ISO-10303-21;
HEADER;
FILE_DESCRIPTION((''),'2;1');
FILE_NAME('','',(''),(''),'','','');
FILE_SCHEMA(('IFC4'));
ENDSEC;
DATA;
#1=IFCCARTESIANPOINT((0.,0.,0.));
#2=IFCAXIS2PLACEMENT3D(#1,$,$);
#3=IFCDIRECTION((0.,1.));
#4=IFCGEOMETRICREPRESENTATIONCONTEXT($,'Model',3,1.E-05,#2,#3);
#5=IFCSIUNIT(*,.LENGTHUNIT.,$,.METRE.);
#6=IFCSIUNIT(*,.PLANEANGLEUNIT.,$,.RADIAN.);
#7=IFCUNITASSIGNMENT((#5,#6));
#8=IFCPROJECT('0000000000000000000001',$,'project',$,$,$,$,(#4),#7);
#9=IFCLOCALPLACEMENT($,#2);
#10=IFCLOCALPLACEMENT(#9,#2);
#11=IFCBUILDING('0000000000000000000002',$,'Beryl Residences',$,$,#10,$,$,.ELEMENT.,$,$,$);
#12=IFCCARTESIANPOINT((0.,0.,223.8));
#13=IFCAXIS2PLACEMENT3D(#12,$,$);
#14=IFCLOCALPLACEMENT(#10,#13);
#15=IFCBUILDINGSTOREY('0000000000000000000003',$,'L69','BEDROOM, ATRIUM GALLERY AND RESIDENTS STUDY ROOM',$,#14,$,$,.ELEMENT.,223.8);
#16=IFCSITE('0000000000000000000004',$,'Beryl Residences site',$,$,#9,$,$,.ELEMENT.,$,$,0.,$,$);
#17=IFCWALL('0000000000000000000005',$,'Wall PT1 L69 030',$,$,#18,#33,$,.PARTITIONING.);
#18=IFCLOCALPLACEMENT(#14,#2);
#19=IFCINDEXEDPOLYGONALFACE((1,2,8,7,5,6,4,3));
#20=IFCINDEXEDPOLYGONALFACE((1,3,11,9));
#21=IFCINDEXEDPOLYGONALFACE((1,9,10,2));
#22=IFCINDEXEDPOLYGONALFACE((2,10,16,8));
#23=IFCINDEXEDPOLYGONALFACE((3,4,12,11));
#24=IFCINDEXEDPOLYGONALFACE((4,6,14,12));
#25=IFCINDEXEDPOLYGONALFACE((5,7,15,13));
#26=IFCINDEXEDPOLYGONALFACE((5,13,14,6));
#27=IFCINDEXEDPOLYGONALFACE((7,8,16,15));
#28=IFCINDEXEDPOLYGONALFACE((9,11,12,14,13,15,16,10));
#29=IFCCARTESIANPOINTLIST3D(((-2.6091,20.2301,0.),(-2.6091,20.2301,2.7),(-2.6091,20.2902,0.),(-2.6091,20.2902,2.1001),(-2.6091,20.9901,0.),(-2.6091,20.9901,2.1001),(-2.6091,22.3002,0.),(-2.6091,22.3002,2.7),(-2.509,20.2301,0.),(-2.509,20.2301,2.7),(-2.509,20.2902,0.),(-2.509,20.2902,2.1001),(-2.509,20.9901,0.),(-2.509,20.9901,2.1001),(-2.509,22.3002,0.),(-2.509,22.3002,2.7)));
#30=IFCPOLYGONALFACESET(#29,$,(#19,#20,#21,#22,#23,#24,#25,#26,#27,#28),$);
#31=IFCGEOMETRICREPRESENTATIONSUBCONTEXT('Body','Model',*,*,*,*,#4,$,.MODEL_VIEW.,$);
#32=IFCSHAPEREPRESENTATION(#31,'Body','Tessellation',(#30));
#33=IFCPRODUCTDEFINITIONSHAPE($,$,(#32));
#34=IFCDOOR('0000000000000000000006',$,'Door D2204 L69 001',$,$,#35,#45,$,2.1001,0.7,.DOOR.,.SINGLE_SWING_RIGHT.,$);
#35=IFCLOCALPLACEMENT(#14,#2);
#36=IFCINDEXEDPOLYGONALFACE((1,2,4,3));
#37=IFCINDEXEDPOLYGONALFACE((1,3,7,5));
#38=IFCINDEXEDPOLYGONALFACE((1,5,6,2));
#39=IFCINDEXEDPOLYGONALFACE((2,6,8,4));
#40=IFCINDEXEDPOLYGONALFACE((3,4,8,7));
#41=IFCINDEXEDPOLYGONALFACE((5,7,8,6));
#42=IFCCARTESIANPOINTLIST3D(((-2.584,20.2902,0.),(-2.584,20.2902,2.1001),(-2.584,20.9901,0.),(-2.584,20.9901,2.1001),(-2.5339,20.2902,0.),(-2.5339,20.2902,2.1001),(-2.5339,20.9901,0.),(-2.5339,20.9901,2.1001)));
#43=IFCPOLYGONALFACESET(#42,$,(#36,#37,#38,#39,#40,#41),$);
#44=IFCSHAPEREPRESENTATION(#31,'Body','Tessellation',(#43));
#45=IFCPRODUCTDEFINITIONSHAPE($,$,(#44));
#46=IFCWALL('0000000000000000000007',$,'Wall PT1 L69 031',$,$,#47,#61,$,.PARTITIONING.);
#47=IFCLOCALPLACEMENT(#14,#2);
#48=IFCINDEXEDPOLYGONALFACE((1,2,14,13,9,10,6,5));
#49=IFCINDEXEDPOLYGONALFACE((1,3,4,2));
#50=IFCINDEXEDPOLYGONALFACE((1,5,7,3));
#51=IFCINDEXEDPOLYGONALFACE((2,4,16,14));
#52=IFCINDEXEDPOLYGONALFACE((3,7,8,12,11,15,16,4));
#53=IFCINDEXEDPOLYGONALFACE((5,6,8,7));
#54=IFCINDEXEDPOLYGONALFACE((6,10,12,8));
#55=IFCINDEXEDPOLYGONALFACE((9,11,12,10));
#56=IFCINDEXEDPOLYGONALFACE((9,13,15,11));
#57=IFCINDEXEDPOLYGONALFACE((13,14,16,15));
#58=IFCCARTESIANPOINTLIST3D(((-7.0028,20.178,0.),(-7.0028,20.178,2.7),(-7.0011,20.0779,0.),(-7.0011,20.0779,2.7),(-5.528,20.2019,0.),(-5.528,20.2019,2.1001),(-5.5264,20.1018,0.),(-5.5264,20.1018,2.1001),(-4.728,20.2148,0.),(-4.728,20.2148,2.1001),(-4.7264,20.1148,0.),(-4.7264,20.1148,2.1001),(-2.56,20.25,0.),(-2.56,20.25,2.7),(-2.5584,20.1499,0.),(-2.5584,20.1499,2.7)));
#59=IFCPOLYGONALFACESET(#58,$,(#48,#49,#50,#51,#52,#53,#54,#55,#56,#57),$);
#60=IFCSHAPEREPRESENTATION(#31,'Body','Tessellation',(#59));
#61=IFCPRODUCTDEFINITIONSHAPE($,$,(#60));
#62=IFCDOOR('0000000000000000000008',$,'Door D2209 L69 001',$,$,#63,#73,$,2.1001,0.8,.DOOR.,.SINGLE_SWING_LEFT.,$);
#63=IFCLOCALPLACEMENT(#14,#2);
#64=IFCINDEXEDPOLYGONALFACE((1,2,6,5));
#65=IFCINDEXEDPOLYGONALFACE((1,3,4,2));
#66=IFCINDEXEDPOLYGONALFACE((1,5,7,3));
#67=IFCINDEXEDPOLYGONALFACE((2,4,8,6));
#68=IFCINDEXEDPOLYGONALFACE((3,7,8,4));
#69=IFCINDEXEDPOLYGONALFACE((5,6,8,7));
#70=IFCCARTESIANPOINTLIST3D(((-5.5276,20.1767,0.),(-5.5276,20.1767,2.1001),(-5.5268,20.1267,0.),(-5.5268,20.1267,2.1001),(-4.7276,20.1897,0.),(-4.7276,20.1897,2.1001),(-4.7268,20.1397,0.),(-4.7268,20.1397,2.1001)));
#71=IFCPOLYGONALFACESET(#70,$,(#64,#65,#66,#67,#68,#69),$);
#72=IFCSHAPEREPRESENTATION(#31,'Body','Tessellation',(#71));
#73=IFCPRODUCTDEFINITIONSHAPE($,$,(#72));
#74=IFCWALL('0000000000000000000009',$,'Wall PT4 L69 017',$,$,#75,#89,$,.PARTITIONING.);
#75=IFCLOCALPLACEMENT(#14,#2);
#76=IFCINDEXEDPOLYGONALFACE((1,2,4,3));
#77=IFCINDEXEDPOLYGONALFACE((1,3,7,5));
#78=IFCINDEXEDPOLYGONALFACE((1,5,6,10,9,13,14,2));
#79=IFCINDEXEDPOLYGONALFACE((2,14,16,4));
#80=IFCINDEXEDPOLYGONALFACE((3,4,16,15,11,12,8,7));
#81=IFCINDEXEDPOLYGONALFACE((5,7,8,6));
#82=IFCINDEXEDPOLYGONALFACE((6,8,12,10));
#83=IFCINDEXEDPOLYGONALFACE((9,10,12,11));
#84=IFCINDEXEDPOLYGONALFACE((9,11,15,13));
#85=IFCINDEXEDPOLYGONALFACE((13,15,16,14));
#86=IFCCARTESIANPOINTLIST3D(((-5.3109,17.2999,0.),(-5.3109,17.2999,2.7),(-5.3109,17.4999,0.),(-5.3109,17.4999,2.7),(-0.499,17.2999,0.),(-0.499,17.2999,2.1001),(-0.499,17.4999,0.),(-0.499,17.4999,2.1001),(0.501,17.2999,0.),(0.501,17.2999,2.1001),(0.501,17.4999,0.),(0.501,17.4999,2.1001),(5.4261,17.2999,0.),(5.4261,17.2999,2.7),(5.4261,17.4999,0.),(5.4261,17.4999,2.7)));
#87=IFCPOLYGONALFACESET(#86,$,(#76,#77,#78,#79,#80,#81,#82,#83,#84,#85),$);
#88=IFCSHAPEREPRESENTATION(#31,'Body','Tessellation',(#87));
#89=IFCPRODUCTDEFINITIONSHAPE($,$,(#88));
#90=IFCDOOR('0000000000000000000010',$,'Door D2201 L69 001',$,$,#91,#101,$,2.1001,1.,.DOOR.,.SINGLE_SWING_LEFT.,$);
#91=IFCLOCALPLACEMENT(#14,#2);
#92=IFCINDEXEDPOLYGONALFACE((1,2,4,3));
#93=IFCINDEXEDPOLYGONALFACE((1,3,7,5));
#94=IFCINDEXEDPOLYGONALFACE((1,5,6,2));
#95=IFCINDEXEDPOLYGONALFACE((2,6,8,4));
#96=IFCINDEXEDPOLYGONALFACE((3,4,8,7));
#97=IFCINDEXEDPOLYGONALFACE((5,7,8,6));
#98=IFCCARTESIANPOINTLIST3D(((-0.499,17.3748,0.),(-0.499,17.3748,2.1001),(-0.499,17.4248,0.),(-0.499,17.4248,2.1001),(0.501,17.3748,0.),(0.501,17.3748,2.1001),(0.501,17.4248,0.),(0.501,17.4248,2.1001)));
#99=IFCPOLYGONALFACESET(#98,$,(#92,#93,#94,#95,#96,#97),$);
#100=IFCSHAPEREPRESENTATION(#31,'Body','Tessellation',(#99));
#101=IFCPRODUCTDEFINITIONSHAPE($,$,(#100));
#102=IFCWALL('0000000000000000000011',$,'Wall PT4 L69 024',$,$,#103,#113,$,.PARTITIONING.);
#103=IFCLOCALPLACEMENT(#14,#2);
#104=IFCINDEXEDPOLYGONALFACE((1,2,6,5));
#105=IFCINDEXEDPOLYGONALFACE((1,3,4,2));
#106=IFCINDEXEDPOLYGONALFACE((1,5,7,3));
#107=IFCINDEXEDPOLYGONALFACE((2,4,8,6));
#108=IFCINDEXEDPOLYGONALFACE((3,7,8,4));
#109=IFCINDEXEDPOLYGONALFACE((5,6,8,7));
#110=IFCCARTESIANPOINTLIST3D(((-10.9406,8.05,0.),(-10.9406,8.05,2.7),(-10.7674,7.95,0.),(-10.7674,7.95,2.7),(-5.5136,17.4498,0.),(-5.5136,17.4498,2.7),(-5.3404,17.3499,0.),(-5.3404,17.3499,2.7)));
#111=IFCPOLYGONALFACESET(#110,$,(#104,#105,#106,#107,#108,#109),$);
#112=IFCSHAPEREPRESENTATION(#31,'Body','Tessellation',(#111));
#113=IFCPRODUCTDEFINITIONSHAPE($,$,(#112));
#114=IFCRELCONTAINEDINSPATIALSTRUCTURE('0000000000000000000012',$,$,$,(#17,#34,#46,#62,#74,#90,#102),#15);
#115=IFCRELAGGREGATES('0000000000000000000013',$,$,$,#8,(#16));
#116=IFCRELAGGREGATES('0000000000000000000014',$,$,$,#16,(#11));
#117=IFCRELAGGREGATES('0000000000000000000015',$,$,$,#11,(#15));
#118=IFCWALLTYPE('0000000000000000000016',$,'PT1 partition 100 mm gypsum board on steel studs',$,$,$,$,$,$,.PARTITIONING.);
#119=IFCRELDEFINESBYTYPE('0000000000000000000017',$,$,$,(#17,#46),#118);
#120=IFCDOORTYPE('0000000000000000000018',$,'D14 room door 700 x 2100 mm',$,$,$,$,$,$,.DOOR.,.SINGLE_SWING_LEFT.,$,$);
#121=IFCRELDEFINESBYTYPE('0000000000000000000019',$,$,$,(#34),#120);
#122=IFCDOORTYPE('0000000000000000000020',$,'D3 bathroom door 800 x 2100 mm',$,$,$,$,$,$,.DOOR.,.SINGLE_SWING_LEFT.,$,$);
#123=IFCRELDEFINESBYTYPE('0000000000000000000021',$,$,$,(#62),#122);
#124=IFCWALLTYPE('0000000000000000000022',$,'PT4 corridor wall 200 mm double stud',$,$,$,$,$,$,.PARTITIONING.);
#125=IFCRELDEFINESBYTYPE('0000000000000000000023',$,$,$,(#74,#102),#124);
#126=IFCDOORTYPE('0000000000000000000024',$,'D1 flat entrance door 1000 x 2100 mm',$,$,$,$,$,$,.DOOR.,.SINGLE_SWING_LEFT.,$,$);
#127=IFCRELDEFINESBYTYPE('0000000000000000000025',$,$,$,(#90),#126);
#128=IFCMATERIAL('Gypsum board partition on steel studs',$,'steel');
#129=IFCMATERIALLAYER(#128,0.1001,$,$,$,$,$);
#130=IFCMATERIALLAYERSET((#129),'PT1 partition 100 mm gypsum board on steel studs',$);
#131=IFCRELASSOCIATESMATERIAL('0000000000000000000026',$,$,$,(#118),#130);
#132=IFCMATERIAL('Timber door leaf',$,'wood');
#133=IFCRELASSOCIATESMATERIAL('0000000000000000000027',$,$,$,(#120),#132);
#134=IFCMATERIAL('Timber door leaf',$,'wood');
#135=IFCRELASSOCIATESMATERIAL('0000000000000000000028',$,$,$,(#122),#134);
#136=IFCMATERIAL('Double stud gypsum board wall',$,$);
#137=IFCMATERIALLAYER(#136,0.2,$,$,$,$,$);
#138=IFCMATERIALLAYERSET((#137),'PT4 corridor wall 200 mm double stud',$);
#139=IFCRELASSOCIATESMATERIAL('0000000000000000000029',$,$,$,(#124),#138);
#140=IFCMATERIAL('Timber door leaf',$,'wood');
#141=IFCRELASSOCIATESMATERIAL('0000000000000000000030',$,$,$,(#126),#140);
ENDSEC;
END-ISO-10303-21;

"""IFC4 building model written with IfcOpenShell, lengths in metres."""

from ifc_helpers import new_model, si_unit, direction, frame, frame_2d, origin, place, context, subcontext, project, spatial, rectangle, extrude, material, layer, layer_set, type_object, element, fill, save


model = new_model("IFC4")

# Units and contexts
model_context = context("Model", 3, precision=1e-05, world=origin(), true_north=direction((0.0, 1.0)))
body_context = subcontext(model_context, "Body", "Model", "MODEL_VIEW")
ifc_project = project(units=[si_unit("LENGTHUNIT", "METRE"), si_unit("PLANEANGLEUNIT", "RADIAN")], contexts=[model_context])

# Site, building, storey
site_placement = place(None, origin())
site = spatial("IfcSite", under=ifc_project, at=site_placement, Name="Beryl Residences site", CompositionType="ELEMENT", RefElevation=0.0)
building_placement = place(site_placement, origin())
building = spatial("IfcBuilding", under=site, at=building_placement, Name="Beryl Residences", CompositionType="ELEMENT")
storey_placement = place(building_placement, frame((0.0, 0.0, 223.8)))
storey = spatial("IfcBuildingStorey", under=building, at=storey_placement, Name="L69", Description="BEDROOM, ATRIUM GALLERY AND RESIDENTS STUDY ROOM", CompositionType="ELEMENT", Elevation=223.8)

# Shared definitions
ifc_material_1 = material(Name="Gypsum board partition on steel studs", Category="steel")
ifc_layer_1 = layer(ifc_material_1, 0.1001)
ifc_layer_set_1 = layer_set([ifc_layer_1], Name="PT1 partition 100 mm gypsum board on steel studs")
wall_type_1 = type_object("IfcWallType", Name="PT1 partition 100 mm gypsum board on steel studs", PredefinedType="PARTITIONING", material=ifc_layer_set_1)

# Walls, openings, doors
wall_1_placement = place(storey_placement, frame((-2.5591, 20.23, 0.0), z_axis=(0.0, 0.0, 1.0), x_axis=(0.0, 1.0, 0.0)))
wall_1 = element("IfcWall", 1, at=wall_1_placement, inside=storey, type_object=wall_type_1, Name="Wall PT1 L69 030", PredefinedType="PARTITIONING", context=body_context, shape_type="SweptSolid", body=[
    extrude(rectangle(XDim=2.0701, YDim=0.1001, at=frame_2d((1.0352, 0.0))), origin(), (0.0, 0.0, 1.0), 2.7),
])
opening_1_placement = place(wall_1_placement, frame((0.0601, 0.0, 0.0)))
opening_1 = element("IfcOpeningElement", 2, at=opening_1_placement, cuts=wall_1, PredefinedType="OPENING", context=body_context, shape_type="SweptSolid", body=[
    extrude(rectangle(XDim=0.7, YDim=2.1001, at=frame_2d((0.3501, 1.05))), frame((0.0, 0.0601, 0.0), z_axis=(0.0, -1.0, 0.0), x_axis=(1.0, 0.0, 0.0)), (0.0, 0.0, 1.0), 0.1201),
])
ifc_material_2 = material(Name="Timber door leaf", Category="wood")
door_type_1 = type_object("IfcDoorType", Name="D14 room door 700 x 2100 mm", OperationType="SINGLE_SWING_LEFT", PredefinedType="DOOR", material=ifc_material_2)
door_1_placement = place(opening_1_placement, origin())
door_1 = element("IfcDoor", 3, at=door_1_placement, inside=storey, type_object=door_type_1, Name="Door D2204 L69 001", OperationType="SINGLE_SWING_RIGHT", OverallHeight=2.1001, OverallWidth=0.7, PredefinedType="DOOR", context=body_context, shape_type="SweptSolid", body=[
    extrude(rectangle(XDim=0.7, YDim=2.1001, at=frame_2d((0.3501, 1.05))), frame((0.0, 0.0249, 0.0), z_axis=(0.0, -1.0, 0.0), x_axis=(1.0, 0.0, 0.0)), (0.0, 0.0, 1.0), 0.05),
])
fill(opening_1, door_1)
wall_2_placement = place(storey_placement, frame((-7.002, 20.1279, 0.0), z_axis=(0.0, 0.0, 1.0), x_axis=(0.999869, 0.016208, 0.0)))
wall_2 = element("IfcWall", 4, at=wall_2_placement, inside=storey, type_object=wall_type_1, Name="Wall PT1 L69 031", PredefinedType="PARTITIONING", context=body_context, shape_type="SweptSolid", body=[
    extrude(rectangle(XDim=4.4434, YDim=0.1001, at=frame_2d((2.2217, 0.0))), origin(), (0.0, 0.0, 1.0), 2.7),
])
opening_2_placement = place(wall_2_placement, frame((1.4751, 0.0, 0.0)))
opening_2 = element("IfcOpeningElement", 5, at=opening_2_placement, cuts=wall_2, PredefinedType="OPENING", context=body_context, shape_type="SweptSolid", body=[
    extrude(rectangle(XDim=0.8, YDim=2.1001, at=frame_2d((0.3999, 1.05))), frame((0.0, 0.0601, 0.0), z_axis=(0.0, -1.0, 0.0), x_axis=(1.0, 0.0, 0.0)), (0.0, 0.0, 1.0), 0.1201),
])
ifc_material_3 = material(Name="Timber door leaf", Category="wood")
door_type_2 = type_object("IfcDoorType", Name="D3 bathroom door 800 x 2100 mm", OperationType="SINGLE_SWING_LEFT", PredefinedType="DOOR", material=ifc_material_3)
door_2_placement = place(opening_2_placement, origin())
door_2 = element("IfcDoor", 6, at=door_2_placement, inside=storey, type_object=door_type_2, Name="Door D2209 L69 001", OperationType="SINGLE_SWING_LEFT", OverallHeight=2.1001, OverallWidth=0.8, PredefinedType="DOOR", context=body_context, shape_type="SweptSolid", body=[
    extrude(rectangle(XDim=0.8, YDim=2.1001, at=frame_2d((0.3999, 1.05))), frame((0.0, 0.0249, 0.0), z_axis=(0.0, -1.0, 0.0), x_axis=(1.0, 0.0, 0.0)), (0.0, 0.0, 1.0), 0.05),
])
fill(opening_2, door_2)
ifc_material_4 = material(Name="Double stud gypsum board wall")
ifc_layer_2 = layer(ifc_material_4, 0.2)
ifc_layer_set_2 = layer_set([ifc_layer_2], Name="PT4 corridor wall 200 mm double stud")
wall_type_2 = type_object("IfcWallType", Name="PT4 corridor wall 200 mm double stud", PredefinedType="PARTITIONING", material=ifc_layer_set_2)
wall_3_placement = place(storey_placement, frame((-5.311, 17.3999, 0.0), z_axis=(0.0, 0.0, 1.0), x_axis=(1.0, 0.0, 0.0)))
wall_3 = element("IfcWall", 7, at=wall_3_placement, inside=storey, type_object=wall_type_2, Name="Wall PT4 L69 017", PredefinedType="PARTITIONING", context=body_context, shape_type="SweptSolid", body=[
    extrude(rectangle(XDim=10.7371, YDim=0.2, at=frame_2d((5.3687, 0.0))), origin(), (0.0, 0.0, 1.0), 2.7),
])
opening_3_placement = place(wall_3_placement, frame((4.812, 0.0, 0.0)))
opening_3 = element("IfcOpeningElement", 8, at=opening_3_placement, cuts=wall_3, PredefinedType="OPENING", context=body_context, shape_type="SweptSolid", body=[
    extrude(rectangle(XDim=1.0, YDim=2.1001, at=frame_2d((0.5, 1.05))), frame((0.0, 0.1099, 0.0), z_axis=(0.0, -1.0, 0.0), x_axis=(1.0, 0.0, 0.0)), (0.0, 0.0, 1.0), 0.22),
])
ifc_material_5 = material(Name="Timber door leaf", Category="wood")
door_type_3 = type_object("IfcDoorType", Name="D1 flat entrance door 1000 x 2100 mm", OperationType="SINGLE_SWING_LEFT", PredefinedType="DOOR", material=ifc_material_5)
door_3_placement = place(opening_3_placement, origin())
door_3 = element("IfcDoor", 9, at=door_3_placement, inside=storey, type_object=door_type_3, Name="Door D2201 L69 001", OperationType="SINGLE_SWING_LEFT", OverallHeight=2.1001, OverallWidth=1.0, PredefinedType="DOOR", context=body_context, shape_type="SweptSolid", body=[
    extrude(rectangle(XDim=1.0, YDim=2.1001, at=frame_2d((0.5, 1.05))), frame((0.0, 0.0249, 0.0), z_axis=(0.0, -1.0, 0.0), x_axis=(1.0, 0.0, 0.0)), (0.0, 0.0, 1.0), 0.05),
])
fill(opening_3, door_3)

# Wall
wall_4_placement = place(storey_placement, frame((-10.854, 8.0, 0.0), z_axis=(0.0, 0.0, 1.0), x_axis=(0.499998, 0.866027, 0.0)))
element("IfcWall", 10, at=wall_4_placement, inside=storey, type_object=wall_type_2, Name="Wall PT4 L69 024", PredefinedType="PARTITIONING", context=body_context, shape_type="SweptSolid", body=[
    extrude(rectangle(XDim=10.854, YDim=0.2, at=frame_2d((5.427, 0.0))), origin(), (0.0, 0.0, 1.0), 2.7),
])

save(model, "model.ifc")
